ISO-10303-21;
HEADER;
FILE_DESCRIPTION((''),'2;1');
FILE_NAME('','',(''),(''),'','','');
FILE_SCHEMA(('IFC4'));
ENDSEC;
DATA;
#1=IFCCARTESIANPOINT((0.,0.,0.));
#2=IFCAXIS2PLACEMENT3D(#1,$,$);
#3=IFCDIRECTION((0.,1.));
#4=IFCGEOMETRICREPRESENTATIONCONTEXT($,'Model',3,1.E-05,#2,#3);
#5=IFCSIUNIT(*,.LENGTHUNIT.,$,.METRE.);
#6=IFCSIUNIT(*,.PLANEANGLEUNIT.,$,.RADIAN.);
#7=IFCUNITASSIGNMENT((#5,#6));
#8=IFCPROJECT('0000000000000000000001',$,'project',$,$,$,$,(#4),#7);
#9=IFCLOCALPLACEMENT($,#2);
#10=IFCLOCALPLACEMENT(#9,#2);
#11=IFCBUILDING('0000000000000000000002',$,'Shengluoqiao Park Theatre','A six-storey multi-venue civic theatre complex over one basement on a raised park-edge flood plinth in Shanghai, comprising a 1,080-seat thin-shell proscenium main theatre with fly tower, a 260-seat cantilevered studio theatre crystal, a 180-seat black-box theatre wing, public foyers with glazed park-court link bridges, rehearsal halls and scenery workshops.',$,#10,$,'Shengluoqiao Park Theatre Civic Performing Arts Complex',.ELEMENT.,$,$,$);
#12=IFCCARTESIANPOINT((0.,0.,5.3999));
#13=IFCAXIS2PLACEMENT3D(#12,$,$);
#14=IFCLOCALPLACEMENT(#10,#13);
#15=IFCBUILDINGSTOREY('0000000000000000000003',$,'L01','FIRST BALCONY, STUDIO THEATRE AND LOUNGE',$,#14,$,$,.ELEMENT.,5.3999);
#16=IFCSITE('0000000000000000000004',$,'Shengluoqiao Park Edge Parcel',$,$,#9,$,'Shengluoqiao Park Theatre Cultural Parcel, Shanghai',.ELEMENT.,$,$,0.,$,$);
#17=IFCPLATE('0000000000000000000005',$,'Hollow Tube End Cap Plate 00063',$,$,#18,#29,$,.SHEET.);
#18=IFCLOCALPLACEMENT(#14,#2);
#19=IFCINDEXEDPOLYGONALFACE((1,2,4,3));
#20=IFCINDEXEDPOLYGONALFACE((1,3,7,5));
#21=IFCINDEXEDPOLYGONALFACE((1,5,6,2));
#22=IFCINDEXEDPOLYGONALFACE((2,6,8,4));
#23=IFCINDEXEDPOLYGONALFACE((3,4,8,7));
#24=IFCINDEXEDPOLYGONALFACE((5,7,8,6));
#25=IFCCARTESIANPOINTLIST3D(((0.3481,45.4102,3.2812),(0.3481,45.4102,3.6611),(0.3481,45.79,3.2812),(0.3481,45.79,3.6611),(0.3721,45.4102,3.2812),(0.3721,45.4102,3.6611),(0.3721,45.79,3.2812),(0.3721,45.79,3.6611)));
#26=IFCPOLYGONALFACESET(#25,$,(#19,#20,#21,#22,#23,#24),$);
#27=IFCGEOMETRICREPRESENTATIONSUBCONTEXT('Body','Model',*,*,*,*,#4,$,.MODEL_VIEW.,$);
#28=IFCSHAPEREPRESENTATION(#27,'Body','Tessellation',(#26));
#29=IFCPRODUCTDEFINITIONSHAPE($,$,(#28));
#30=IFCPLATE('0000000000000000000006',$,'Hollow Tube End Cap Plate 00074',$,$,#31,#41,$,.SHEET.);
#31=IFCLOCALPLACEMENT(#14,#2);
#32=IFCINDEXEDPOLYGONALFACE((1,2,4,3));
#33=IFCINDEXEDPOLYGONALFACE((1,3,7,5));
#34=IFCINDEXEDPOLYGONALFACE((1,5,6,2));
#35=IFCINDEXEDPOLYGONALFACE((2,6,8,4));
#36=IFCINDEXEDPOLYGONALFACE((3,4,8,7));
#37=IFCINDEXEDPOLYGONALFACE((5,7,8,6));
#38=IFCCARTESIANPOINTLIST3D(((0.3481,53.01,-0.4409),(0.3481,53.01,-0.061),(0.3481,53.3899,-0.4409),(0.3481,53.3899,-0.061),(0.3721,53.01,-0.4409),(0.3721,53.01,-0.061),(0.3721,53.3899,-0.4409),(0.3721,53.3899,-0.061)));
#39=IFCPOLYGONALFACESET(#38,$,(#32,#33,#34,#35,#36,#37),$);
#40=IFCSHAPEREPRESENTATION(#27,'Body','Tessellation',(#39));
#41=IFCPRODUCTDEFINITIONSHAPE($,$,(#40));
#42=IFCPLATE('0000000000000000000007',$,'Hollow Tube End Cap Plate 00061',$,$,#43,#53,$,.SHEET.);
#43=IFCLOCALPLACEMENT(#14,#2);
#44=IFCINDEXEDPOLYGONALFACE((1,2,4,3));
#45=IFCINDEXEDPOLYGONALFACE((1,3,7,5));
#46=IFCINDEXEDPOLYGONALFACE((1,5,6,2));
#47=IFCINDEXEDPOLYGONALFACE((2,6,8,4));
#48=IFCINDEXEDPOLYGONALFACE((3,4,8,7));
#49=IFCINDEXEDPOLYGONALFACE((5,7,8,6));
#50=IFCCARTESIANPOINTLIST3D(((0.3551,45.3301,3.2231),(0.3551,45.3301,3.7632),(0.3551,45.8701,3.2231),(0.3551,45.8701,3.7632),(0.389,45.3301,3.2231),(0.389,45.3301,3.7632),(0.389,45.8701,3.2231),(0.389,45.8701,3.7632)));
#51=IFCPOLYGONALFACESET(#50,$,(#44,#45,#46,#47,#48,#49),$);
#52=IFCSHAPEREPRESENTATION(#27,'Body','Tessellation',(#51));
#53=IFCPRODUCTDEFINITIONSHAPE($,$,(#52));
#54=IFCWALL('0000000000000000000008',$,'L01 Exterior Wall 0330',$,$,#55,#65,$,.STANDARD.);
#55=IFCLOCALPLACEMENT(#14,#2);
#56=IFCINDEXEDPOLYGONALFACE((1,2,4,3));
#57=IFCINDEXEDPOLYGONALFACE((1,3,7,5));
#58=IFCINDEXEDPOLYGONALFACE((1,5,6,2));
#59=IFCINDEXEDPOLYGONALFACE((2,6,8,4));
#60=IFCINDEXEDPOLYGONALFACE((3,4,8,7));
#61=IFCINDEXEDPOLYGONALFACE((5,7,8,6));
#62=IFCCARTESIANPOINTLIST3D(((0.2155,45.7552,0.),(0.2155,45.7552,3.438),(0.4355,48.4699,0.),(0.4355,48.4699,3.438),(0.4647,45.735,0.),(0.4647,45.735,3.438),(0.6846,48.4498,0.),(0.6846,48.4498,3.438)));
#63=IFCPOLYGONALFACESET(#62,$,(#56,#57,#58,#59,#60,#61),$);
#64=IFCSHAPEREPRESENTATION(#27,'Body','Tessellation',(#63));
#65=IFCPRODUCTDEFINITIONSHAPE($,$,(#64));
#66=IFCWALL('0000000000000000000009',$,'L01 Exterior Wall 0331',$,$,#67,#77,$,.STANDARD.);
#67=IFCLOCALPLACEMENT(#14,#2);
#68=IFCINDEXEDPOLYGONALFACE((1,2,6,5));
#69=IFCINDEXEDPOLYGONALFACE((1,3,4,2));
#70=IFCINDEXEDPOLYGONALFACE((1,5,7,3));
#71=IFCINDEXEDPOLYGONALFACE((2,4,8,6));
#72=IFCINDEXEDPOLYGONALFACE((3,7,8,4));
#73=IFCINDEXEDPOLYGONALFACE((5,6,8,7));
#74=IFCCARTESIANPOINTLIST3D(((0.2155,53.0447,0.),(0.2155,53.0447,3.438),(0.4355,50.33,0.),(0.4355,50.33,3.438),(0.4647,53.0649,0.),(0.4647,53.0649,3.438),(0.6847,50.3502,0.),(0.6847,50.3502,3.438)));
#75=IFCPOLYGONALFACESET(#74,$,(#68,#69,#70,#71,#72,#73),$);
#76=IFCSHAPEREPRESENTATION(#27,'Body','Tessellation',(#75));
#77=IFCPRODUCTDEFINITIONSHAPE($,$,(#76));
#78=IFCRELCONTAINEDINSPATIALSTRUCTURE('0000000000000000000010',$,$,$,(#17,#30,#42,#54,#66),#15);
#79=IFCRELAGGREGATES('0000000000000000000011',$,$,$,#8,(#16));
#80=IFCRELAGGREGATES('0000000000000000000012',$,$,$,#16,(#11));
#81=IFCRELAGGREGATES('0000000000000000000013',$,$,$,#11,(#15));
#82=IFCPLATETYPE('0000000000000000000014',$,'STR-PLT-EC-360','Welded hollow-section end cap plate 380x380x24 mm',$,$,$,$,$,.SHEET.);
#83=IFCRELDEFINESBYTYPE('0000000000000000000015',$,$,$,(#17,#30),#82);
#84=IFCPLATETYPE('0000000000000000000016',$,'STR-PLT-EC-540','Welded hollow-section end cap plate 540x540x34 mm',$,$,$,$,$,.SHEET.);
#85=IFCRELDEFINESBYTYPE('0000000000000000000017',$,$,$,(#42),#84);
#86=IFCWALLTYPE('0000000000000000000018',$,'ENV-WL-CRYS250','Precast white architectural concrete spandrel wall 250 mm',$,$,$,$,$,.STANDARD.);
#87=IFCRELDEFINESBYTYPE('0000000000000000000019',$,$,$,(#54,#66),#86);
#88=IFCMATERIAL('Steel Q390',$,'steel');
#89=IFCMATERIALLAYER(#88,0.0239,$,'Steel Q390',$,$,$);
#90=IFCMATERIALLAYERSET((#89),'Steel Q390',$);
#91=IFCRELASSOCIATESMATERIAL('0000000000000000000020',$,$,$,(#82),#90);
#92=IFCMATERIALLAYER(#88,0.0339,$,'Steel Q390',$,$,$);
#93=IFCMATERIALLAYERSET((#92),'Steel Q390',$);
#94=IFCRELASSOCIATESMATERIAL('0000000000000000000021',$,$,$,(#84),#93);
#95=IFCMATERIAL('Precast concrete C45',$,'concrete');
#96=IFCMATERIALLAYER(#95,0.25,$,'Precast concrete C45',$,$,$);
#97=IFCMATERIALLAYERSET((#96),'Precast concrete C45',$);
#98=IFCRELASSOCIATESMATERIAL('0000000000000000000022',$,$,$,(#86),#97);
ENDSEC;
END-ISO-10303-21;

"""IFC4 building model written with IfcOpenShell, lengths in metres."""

from ifc_helpers import new_model, si_unit, direction, frame, frame_2d, origin, origin_2d, place, context, subcontext, project, spatial, rectangle, extrude, material, layer, layer_set, type_object, element, save


model = new_model("IFC4")

# Units and contexts
model_context = context("Model", 3, precision=1e-05, world=origin(), true_north=direction((0.0, 1.0)))
body_context = subcontext(model_context, "Body", "Model", "MODEL_VIEW")
ifc_project = project(units=[si_unit("LENGTHUNIT", "METRE"), si_unit("PLANEANGLEUNIT", "RADIAN")], contexts=[model_context])

# Site, building, storey
site_placement = place(None, origin())
site = spatial("IfcSite", under=ifc_project, at=site_placement, Name="Shengluoqiao Park Edge Parcel", LongName="Shengluoqiao Park Theatre Cultural Parcel, Shanghai", CompositionType="ELEMENT", RefElevation=0.0)
building_placement = place(site_placement, origin())
building = spatial("IfcBuilding", under=site, at=building_placement, Name="Shengluoqiao Park Theatre", Description="A six-storey multi-venue civic theatre complex over one basement on a raised park-edge flood plinth in Shanghai, comprising a 1,080-seat thin-shell proscenium main theatre with fly tower, a 260-seat cantilevered studio theatre crystal, a 180-seat black-box theatre wing, public foyers with glazed park-court link bridges, rehearsal halls and scenery workshops.", LongName="Shengluoqiao Park Theatre Civic Performing Arts Complex", CompositionType="ELEMENT")
storey_placement = place(building_placement, frame((0.0, 0.0, 5.3999)))
storey = spatial("IfcBuildingStorey", under=building, at=storey_placement, Name="L01", Description="FIRST BALCONY, STUDIO THEATRE AND LOUNGE", CompositionType="ELEMENT", Elevation=5.3999)

# Shared definitions
ifc_material_1 = material(Name="Steel Q390", Category="steel")

# Shared definitions
ifc_material_2 = material(Name="Precast concrete C45", Category="concrete")

# Plates
ifc_layer_1 = layer(ifc_material_1, 0.0239, Name="Steel Q390")
ifc_layer_set_1 = layer_set([ifc_layer_1], Name="Steel Q390")
plate_type_1 = type_object("IfcPlateType", Name="STR-PLT-EC-360", Description="Welded hollow-section end cap plate 380x380x24 mm", PredefinedType="SHEET", material=ifc_layer_set_1)
for number, where, z_axis, x_axis, name in (
    (1, (0.3601, 45.6001, 3.2812), (0.0, 0.0, 1.0), (1.0, 0.0, 0.0), "Hollow Tube End Cap Plate 00063"),
    (2, (0.3601, 53.2, -0.4409), (0.0, 0.0, 1.0), (1.0, 0.0, 0.0), "Hollow Tube End Cap Plate 00074"),
):
    element("IfcPlate", number, at=place(storey_placement, frame(where, z_axis=z_axis, x_axis=x_axis)), inside=storey, type_object=plate_type_1, Name=name, PredefinedType="SHEET", context=body_context, shape_type="SweptSolid", body=[
        extrude(rectangle(XDim=0.0239, YDim=0.3799, at=origin_2d()), origin(), (0.0, 0.0, 1.0), 0.3799),
    ])
ifc_layer_2 = layer(ifc_material_1, 0.0339, Name="Steel Q390")
ifc_layer_set_2 = layer_set([ifc_layer_2], Name="Steel Q390")
plate_type_2 = type_object("IfcPlateType", Name="STR-PLT-EC-540", Description="Welded hollow-section end cap plate 540x540x34 mm", PredefinedType="SHEET", material=ifc_layer_set_2)
plate_1_placement = place(storey_placement, frame((0.3721, 45.6001, 3.2231), z_axis=(0.0, 0.0, 1.0), x_axis=(-1.0, 0.0, 0.0)))
element("IfcPlate", 3, at=plate_1_placement, inside=storey, type_object=plate_type_2, Name="Hollow Tube End Cap Plate 00061", PredefinedType="SHEET", context=body_context, shape_type="SweptSolid", body=[
    extrude(rectangle(XDim=0.0339, YDim=0.54, at=origin_2d()), origin(), (0.0, 0.0, 1.0), 0.54),
])

# Walls
ifc_layer_3 = layer(ifc_material_2, 0.25, Name="Precast concrete C45")
ifc_layer_set_3 = layer_set([ifc_layer_3], Name="Precast concrete C45")
wall_type = type_object("IfcWallType", Name="ENV-WL-CRYS250", Description="Precast white architectural concrete spandrel wall 250 mm", PredefinedType="STANDARD", material=ifc_layer_set_3)
for number, where, z_axis, x_axis, name in (
    (4, (0.3401, 45.7451, 0.0), (0.0, 0.0, 1.0), (0.080761, 0.996734, 0.0), "L01 Exterior Wall 0330"),
    (5, (0.5601, 50.3401, 0.0), (0.0, 0.0, 1.0), (-0.080761, 0.996734, 0.0), "L01 Exterior Wall 0331"),
):
    element("IfcWall", number, at=place(storey_placement, frame(where, z_axis=z_axis, x_axis=x_axis)), inside=storey, type_object=wall_type, Name=name, PredefinedType="STANDARD", context=body_context, shape_type="SweptSolid", body=[
        extrude(rectangle(XDim=2.7236, YDim=0.25, at=frame_2d((1.3618, 0.0))), origin(), (0.0, 0.0, 1.0), 3.438),
    ])

save(model, "model.ifc")
